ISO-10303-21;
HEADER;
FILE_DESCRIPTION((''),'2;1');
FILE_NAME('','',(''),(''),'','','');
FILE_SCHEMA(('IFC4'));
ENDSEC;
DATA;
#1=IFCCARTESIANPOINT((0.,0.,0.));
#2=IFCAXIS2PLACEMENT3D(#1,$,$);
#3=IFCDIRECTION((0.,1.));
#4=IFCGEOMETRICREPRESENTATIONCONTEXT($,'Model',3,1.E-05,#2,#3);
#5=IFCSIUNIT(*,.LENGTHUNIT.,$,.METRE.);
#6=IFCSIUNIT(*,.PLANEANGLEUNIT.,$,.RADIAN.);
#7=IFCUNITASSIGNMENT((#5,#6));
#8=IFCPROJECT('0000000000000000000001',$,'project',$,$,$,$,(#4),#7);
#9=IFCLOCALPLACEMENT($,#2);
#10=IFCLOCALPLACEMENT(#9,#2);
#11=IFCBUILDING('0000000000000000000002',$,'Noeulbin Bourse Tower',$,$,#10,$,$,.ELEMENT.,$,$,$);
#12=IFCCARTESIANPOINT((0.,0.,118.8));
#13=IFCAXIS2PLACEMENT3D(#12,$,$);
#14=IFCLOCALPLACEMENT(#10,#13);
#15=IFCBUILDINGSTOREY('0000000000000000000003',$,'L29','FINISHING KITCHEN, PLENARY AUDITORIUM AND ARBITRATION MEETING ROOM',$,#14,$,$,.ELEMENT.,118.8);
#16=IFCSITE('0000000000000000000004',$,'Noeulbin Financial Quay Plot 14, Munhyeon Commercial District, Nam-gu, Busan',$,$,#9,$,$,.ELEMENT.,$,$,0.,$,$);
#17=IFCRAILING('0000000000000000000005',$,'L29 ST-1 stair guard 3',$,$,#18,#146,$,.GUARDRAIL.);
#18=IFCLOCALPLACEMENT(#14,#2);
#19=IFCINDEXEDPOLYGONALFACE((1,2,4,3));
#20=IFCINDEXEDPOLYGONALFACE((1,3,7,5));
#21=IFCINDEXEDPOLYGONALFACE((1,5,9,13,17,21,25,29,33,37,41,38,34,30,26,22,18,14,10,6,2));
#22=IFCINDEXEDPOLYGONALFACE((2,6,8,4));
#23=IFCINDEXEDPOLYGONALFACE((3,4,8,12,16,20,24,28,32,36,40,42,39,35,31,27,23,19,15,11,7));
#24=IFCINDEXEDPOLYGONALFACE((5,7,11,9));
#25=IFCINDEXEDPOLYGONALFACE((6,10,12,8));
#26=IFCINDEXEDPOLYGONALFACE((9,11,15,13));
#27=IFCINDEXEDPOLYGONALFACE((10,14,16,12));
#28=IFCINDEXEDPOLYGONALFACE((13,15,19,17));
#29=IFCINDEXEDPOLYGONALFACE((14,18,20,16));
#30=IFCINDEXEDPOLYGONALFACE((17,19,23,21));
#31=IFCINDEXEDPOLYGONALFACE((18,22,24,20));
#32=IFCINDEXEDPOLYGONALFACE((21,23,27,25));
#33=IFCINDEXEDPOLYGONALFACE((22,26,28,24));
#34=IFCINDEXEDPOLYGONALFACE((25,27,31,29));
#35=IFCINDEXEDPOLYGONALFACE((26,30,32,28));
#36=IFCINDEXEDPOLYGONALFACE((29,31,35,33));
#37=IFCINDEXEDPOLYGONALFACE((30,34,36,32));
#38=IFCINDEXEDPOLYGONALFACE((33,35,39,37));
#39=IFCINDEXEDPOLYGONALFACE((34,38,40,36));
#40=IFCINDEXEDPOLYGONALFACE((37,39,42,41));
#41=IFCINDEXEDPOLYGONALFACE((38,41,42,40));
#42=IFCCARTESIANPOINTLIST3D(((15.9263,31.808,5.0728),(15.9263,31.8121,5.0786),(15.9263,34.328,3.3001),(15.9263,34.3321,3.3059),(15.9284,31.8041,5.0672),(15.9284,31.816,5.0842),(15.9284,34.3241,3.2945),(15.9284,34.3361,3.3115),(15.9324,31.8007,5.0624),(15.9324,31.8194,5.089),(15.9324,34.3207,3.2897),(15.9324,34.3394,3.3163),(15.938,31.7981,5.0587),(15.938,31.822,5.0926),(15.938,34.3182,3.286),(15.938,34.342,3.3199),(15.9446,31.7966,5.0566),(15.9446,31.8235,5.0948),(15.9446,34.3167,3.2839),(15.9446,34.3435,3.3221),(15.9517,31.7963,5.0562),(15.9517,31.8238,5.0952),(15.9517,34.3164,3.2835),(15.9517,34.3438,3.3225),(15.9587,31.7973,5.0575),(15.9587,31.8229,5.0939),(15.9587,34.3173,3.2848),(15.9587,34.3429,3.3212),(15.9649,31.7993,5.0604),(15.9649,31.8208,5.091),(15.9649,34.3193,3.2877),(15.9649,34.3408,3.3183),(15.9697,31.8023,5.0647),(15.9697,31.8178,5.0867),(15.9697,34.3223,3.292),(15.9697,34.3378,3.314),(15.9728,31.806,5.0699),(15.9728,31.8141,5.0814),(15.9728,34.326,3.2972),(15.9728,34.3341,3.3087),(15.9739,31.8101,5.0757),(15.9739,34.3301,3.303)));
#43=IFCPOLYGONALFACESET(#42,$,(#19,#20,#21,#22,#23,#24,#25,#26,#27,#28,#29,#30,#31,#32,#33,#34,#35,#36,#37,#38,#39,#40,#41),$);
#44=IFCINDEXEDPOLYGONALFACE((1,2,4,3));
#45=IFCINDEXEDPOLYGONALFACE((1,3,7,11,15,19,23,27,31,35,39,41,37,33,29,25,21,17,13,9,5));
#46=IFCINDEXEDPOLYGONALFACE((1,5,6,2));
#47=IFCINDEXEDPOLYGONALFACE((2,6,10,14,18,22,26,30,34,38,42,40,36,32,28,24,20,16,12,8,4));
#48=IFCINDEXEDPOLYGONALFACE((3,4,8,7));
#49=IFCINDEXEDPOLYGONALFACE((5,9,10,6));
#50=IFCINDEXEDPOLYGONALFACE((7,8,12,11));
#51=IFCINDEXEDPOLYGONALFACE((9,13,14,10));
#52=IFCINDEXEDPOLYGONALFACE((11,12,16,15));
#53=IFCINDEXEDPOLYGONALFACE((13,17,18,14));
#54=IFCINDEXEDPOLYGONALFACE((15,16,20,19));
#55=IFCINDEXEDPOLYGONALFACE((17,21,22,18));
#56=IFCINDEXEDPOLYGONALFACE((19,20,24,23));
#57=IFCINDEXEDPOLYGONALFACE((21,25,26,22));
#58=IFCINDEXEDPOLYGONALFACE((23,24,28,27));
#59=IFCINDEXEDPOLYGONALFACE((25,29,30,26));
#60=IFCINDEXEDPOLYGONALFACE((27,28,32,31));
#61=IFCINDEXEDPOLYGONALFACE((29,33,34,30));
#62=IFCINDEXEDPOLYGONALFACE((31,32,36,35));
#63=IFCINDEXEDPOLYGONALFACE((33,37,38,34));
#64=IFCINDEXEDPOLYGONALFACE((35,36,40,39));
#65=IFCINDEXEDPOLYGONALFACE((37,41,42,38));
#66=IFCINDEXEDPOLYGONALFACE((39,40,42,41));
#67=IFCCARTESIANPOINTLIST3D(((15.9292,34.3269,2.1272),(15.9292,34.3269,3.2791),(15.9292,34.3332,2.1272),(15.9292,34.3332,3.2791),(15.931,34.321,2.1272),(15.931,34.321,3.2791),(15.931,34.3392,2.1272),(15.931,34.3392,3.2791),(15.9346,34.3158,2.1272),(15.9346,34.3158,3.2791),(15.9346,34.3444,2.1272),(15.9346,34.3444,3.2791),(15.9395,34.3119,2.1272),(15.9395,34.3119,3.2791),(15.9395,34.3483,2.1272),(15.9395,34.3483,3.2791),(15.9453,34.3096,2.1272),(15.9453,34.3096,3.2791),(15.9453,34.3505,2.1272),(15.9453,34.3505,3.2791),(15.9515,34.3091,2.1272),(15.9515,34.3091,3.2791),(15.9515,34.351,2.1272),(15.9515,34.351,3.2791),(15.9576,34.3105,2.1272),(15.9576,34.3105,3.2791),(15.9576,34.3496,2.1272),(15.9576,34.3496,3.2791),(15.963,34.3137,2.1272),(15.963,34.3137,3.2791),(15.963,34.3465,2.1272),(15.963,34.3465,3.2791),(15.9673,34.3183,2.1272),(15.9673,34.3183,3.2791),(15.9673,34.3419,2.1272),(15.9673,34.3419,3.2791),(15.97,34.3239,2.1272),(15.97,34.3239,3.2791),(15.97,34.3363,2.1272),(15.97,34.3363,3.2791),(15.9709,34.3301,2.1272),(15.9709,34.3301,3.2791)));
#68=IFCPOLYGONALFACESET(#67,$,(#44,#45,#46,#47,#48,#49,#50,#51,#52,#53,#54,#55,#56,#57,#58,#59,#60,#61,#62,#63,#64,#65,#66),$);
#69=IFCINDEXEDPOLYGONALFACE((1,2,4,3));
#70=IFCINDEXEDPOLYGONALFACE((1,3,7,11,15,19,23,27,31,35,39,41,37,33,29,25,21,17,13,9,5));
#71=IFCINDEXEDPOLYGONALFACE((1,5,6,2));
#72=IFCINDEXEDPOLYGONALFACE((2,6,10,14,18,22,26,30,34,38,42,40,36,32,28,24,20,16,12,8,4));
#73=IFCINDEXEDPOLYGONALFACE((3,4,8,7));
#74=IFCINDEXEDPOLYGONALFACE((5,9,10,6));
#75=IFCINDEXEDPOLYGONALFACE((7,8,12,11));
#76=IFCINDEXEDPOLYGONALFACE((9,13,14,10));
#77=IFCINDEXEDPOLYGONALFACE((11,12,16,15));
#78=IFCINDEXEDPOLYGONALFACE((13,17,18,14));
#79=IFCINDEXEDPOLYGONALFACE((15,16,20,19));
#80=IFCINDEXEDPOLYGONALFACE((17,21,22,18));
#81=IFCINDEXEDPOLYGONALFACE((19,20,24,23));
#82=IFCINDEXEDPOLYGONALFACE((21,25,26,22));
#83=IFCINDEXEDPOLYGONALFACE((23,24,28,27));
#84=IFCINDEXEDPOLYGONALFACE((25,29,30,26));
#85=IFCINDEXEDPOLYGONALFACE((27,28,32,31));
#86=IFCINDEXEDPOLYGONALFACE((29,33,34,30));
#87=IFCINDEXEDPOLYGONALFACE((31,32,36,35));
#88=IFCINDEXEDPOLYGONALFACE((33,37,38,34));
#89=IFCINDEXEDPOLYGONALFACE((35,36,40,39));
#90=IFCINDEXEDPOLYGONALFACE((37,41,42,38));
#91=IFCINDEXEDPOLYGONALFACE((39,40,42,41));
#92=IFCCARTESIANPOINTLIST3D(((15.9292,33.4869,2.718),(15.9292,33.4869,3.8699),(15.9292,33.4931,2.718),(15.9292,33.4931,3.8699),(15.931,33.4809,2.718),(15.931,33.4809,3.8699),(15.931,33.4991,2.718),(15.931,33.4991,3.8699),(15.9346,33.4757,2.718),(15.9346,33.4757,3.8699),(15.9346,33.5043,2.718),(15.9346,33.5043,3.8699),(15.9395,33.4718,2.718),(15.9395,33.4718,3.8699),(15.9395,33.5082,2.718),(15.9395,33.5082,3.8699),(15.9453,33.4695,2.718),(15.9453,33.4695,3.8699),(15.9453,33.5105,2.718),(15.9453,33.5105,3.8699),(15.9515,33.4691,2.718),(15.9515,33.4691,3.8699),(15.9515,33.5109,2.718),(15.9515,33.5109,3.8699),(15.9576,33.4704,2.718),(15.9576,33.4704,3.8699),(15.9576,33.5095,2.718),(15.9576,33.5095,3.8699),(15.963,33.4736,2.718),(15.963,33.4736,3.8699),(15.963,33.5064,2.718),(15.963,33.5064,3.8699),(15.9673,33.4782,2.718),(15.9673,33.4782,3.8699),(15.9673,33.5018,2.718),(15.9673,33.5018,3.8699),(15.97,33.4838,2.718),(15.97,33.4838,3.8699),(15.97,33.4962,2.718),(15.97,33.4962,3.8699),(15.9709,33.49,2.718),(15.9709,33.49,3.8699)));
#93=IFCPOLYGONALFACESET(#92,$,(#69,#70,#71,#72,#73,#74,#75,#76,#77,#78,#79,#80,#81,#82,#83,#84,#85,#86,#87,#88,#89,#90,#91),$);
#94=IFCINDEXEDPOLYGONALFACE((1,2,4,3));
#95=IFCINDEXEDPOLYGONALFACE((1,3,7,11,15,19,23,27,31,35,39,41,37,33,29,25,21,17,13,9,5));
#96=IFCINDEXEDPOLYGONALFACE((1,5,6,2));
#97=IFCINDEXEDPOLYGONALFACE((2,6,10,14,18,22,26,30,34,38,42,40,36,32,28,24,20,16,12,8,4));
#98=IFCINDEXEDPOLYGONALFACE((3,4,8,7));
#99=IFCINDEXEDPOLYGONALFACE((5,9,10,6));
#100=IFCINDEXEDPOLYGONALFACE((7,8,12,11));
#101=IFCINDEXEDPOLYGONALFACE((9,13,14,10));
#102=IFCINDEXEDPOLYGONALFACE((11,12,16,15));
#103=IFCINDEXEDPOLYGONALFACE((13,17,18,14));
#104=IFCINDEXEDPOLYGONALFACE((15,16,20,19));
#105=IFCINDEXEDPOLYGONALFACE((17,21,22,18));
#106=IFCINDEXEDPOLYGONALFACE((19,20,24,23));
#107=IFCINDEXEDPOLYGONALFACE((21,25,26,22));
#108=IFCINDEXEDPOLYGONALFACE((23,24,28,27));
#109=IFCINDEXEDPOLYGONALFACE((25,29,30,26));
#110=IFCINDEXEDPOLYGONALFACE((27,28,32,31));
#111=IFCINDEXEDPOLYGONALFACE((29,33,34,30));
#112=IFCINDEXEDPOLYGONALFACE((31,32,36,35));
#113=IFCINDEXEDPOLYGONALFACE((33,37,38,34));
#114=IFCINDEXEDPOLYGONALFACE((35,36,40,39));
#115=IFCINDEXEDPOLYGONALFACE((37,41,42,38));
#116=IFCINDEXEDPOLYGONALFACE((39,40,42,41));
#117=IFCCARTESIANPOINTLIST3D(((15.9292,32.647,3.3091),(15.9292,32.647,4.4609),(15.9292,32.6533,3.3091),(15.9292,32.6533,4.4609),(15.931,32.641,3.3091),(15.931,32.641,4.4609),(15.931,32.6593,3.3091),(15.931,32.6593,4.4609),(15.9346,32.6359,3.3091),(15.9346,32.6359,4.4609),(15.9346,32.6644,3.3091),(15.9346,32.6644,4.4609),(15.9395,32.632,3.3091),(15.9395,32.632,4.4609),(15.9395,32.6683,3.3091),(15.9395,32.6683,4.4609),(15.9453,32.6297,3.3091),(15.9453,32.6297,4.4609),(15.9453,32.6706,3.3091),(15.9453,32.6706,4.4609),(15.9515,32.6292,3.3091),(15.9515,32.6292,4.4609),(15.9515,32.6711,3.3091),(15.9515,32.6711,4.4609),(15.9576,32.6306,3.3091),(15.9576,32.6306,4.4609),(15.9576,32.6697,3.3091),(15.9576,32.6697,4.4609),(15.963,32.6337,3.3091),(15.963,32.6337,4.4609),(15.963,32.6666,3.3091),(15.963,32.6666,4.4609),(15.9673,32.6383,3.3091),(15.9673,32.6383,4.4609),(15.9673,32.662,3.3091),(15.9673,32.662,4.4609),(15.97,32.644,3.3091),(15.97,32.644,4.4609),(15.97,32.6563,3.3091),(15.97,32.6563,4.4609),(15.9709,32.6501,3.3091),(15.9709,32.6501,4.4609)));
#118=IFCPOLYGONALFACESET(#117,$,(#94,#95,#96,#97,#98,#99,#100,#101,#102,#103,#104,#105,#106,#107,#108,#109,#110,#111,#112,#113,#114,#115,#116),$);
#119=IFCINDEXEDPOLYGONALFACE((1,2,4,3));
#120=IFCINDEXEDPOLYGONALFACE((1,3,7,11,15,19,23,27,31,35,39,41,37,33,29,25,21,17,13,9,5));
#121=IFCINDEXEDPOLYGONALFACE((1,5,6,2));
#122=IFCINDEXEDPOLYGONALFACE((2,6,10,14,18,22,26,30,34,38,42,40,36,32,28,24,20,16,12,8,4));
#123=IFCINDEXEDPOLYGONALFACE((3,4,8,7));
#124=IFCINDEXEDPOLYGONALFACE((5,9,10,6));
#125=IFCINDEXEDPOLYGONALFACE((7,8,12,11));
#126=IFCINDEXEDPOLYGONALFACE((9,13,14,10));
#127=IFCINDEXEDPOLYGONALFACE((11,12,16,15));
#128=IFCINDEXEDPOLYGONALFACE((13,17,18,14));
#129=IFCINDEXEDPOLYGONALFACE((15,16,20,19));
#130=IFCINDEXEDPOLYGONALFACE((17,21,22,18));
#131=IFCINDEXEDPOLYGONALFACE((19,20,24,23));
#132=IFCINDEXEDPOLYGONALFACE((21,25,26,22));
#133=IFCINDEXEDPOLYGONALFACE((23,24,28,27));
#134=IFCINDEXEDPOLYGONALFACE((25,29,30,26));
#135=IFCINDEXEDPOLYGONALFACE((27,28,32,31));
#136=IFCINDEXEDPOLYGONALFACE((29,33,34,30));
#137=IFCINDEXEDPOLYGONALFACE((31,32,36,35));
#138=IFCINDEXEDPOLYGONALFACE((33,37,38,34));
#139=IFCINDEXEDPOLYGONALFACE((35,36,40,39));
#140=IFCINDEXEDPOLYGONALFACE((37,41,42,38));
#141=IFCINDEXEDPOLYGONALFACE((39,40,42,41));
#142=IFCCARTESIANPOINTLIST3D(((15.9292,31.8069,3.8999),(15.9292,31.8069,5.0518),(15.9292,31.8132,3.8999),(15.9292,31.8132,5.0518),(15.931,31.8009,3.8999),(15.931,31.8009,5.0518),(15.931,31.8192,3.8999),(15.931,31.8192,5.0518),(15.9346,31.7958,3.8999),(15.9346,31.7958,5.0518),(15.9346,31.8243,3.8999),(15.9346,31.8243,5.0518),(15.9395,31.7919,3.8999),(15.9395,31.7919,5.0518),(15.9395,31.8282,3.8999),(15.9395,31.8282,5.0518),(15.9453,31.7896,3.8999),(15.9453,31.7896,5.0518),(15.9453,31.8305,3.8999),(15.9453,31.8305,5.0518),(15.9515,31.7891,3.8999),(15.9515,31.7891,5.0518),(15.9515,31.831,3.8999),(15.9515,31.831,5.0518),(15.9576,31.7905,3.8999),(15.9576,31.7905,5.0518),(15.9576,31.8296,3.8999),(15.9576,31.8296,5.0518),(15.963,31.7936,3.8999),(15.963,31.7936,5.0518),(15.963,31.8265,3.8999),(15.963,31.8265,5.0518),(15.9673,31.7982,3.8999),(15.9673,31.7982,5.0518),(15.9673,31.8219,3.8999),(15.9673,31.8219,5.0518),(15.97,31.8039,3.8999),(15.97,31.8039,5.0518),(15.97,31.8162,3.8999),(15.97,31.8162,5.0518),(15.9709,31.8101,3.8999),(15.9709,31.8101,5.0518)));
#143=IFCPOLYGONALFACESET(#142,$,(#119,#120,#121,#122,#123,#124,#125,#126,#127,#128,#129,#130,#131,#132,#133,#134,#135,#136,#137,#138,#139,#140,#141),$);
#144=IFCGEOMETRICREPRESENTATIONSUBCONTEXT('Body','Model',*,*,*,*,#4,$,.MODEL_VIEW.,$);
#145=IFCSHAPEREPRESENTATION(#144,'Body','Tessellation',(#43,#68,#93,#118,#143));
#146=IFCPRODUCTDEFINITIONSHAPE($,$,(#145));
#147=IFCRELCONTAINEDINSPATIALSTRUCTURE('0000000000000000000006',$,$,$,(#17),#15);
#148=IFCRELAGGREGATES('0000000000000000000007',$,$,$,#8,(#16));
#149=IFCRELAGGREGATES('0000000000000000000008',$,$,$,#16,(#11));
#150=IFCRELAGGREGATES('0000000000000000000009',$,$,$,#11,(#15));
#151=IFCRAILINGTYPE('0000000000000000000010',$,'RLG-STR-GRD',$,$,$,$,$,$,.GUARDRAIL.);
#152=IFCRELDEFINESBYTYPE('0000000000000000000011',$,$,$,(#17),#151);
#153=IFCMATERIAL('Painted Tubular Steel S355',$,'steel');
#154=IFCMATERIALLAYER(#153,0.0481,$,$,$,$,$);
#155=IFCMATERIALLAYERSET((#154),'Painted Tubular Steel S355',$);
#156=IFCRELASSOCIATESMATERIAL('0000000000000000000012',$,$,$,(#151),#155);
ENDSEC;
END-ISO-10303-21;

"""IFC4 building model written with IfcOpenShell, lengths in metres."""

from ifc_helpers import new_model, si_unit, direction, frame, origin, origin_2d, place, context, subcontext, project, spatial, circle, extrude, material, layer, layer_set, type_object, element, save


model = new_model("IFC4")

# Units and contexts
model_context = context("Model", 3, precision=1e-05, world=origin(), true_north=direction((0.0, 1.0)))
body_context = subcontext(model_context, "Body", "Model", "MODEL_VIEW")
ifc_project = project(units=[si_unit("LENGTHUNIT", "METRE"), si_unit("PLANEANGLEUNIT", "RADIAN")], contexts=[model_context])

# Site, building, storey
site_placement = place(None, origin())
site = spatial("IfcSite", under=ifc_project, at=site_placement, Name="Noeulbin Financial Quay Plot 14, Munhyeon Commercial District, Nam-gu, Busan", CompositionType="ELEMENT", RefElevation=0.0)
building_placement = place(site_placement, origin())
building = spatial("IfcBuilding", under=site, at=building_placement, Name="Noeulbin Bourse Tower", CompositionType="ELEMENT")
storey_placement = place(building_placement, frame((0.0, 0.0, 118.8)))
storey = spatial("IfcBuildingStorey", under=building, at=storey_placement, Name="L29", Description="FINISHING KITCHEN, PLENARY AUDITORIUM AND ARBITRATION MEETING ROOM", CompositionType="ELEMENT", Elevation=118.8)

# Railing
ifc_material_1 = material(Name="Painted Tubular Steel S355", Category="steel")
ifc_layer_1 = layer(ifc_material_1, 0.0481)
ifc_layer_set_1 = layer_set([ifc_layer_1], Name="Painted Tubular Steel S355")
railing_type_1 = type_object("IfcRailingType", Name="RLG-STR-GRD", PredefinedType="GUARDRAIL", material=ifc_layer_set_1)
railing_1_placement = place(storey_placement, frame((15.95, 34.3301, 2.1272)))
element("IfcRailing", 1, at=railing_1_placement, inside=storey, type_object=railing_type_1, Name="L29 ST-1 stair guard 3", PredefinedType="GUARDRAIL", context=body_context, shape_type="SweptSolid", body=[
    extrude(circle(Radius=0.0239, at=origin_2d()), frame((0.0, 0.0, 1.1758), z_axis=(0.0, -0.817904, 0.575354), x_axis=(1.0, 0.0, 0.0)), (0.0, 0.0, 1.0), 3.0811),
    extrude(circle(Radius=0.021, at=origin_2d()), origin(), (0.0, 0.0, 1.0), 1.1519),
    extrude(circle(Radius=0.021, at=origin_2d()), frame((0.0, -0.8401, 0.5908)), (0.0, 0.0, 1.0), 1.1519),
    extrude(circle(Radius=0.021, at=origin_2d()), frame((0.0, -1.6799, 1.1819)), (0.0, 0.0, 1.0), 1.1519),
    extrude(circle(Radius=0.021, at=origin_2d()), frame((0.0, -2.52, 1.7727)), (0.0, 0.0, 1.0), 1.1519),
])

save(model, "model.ifc")
